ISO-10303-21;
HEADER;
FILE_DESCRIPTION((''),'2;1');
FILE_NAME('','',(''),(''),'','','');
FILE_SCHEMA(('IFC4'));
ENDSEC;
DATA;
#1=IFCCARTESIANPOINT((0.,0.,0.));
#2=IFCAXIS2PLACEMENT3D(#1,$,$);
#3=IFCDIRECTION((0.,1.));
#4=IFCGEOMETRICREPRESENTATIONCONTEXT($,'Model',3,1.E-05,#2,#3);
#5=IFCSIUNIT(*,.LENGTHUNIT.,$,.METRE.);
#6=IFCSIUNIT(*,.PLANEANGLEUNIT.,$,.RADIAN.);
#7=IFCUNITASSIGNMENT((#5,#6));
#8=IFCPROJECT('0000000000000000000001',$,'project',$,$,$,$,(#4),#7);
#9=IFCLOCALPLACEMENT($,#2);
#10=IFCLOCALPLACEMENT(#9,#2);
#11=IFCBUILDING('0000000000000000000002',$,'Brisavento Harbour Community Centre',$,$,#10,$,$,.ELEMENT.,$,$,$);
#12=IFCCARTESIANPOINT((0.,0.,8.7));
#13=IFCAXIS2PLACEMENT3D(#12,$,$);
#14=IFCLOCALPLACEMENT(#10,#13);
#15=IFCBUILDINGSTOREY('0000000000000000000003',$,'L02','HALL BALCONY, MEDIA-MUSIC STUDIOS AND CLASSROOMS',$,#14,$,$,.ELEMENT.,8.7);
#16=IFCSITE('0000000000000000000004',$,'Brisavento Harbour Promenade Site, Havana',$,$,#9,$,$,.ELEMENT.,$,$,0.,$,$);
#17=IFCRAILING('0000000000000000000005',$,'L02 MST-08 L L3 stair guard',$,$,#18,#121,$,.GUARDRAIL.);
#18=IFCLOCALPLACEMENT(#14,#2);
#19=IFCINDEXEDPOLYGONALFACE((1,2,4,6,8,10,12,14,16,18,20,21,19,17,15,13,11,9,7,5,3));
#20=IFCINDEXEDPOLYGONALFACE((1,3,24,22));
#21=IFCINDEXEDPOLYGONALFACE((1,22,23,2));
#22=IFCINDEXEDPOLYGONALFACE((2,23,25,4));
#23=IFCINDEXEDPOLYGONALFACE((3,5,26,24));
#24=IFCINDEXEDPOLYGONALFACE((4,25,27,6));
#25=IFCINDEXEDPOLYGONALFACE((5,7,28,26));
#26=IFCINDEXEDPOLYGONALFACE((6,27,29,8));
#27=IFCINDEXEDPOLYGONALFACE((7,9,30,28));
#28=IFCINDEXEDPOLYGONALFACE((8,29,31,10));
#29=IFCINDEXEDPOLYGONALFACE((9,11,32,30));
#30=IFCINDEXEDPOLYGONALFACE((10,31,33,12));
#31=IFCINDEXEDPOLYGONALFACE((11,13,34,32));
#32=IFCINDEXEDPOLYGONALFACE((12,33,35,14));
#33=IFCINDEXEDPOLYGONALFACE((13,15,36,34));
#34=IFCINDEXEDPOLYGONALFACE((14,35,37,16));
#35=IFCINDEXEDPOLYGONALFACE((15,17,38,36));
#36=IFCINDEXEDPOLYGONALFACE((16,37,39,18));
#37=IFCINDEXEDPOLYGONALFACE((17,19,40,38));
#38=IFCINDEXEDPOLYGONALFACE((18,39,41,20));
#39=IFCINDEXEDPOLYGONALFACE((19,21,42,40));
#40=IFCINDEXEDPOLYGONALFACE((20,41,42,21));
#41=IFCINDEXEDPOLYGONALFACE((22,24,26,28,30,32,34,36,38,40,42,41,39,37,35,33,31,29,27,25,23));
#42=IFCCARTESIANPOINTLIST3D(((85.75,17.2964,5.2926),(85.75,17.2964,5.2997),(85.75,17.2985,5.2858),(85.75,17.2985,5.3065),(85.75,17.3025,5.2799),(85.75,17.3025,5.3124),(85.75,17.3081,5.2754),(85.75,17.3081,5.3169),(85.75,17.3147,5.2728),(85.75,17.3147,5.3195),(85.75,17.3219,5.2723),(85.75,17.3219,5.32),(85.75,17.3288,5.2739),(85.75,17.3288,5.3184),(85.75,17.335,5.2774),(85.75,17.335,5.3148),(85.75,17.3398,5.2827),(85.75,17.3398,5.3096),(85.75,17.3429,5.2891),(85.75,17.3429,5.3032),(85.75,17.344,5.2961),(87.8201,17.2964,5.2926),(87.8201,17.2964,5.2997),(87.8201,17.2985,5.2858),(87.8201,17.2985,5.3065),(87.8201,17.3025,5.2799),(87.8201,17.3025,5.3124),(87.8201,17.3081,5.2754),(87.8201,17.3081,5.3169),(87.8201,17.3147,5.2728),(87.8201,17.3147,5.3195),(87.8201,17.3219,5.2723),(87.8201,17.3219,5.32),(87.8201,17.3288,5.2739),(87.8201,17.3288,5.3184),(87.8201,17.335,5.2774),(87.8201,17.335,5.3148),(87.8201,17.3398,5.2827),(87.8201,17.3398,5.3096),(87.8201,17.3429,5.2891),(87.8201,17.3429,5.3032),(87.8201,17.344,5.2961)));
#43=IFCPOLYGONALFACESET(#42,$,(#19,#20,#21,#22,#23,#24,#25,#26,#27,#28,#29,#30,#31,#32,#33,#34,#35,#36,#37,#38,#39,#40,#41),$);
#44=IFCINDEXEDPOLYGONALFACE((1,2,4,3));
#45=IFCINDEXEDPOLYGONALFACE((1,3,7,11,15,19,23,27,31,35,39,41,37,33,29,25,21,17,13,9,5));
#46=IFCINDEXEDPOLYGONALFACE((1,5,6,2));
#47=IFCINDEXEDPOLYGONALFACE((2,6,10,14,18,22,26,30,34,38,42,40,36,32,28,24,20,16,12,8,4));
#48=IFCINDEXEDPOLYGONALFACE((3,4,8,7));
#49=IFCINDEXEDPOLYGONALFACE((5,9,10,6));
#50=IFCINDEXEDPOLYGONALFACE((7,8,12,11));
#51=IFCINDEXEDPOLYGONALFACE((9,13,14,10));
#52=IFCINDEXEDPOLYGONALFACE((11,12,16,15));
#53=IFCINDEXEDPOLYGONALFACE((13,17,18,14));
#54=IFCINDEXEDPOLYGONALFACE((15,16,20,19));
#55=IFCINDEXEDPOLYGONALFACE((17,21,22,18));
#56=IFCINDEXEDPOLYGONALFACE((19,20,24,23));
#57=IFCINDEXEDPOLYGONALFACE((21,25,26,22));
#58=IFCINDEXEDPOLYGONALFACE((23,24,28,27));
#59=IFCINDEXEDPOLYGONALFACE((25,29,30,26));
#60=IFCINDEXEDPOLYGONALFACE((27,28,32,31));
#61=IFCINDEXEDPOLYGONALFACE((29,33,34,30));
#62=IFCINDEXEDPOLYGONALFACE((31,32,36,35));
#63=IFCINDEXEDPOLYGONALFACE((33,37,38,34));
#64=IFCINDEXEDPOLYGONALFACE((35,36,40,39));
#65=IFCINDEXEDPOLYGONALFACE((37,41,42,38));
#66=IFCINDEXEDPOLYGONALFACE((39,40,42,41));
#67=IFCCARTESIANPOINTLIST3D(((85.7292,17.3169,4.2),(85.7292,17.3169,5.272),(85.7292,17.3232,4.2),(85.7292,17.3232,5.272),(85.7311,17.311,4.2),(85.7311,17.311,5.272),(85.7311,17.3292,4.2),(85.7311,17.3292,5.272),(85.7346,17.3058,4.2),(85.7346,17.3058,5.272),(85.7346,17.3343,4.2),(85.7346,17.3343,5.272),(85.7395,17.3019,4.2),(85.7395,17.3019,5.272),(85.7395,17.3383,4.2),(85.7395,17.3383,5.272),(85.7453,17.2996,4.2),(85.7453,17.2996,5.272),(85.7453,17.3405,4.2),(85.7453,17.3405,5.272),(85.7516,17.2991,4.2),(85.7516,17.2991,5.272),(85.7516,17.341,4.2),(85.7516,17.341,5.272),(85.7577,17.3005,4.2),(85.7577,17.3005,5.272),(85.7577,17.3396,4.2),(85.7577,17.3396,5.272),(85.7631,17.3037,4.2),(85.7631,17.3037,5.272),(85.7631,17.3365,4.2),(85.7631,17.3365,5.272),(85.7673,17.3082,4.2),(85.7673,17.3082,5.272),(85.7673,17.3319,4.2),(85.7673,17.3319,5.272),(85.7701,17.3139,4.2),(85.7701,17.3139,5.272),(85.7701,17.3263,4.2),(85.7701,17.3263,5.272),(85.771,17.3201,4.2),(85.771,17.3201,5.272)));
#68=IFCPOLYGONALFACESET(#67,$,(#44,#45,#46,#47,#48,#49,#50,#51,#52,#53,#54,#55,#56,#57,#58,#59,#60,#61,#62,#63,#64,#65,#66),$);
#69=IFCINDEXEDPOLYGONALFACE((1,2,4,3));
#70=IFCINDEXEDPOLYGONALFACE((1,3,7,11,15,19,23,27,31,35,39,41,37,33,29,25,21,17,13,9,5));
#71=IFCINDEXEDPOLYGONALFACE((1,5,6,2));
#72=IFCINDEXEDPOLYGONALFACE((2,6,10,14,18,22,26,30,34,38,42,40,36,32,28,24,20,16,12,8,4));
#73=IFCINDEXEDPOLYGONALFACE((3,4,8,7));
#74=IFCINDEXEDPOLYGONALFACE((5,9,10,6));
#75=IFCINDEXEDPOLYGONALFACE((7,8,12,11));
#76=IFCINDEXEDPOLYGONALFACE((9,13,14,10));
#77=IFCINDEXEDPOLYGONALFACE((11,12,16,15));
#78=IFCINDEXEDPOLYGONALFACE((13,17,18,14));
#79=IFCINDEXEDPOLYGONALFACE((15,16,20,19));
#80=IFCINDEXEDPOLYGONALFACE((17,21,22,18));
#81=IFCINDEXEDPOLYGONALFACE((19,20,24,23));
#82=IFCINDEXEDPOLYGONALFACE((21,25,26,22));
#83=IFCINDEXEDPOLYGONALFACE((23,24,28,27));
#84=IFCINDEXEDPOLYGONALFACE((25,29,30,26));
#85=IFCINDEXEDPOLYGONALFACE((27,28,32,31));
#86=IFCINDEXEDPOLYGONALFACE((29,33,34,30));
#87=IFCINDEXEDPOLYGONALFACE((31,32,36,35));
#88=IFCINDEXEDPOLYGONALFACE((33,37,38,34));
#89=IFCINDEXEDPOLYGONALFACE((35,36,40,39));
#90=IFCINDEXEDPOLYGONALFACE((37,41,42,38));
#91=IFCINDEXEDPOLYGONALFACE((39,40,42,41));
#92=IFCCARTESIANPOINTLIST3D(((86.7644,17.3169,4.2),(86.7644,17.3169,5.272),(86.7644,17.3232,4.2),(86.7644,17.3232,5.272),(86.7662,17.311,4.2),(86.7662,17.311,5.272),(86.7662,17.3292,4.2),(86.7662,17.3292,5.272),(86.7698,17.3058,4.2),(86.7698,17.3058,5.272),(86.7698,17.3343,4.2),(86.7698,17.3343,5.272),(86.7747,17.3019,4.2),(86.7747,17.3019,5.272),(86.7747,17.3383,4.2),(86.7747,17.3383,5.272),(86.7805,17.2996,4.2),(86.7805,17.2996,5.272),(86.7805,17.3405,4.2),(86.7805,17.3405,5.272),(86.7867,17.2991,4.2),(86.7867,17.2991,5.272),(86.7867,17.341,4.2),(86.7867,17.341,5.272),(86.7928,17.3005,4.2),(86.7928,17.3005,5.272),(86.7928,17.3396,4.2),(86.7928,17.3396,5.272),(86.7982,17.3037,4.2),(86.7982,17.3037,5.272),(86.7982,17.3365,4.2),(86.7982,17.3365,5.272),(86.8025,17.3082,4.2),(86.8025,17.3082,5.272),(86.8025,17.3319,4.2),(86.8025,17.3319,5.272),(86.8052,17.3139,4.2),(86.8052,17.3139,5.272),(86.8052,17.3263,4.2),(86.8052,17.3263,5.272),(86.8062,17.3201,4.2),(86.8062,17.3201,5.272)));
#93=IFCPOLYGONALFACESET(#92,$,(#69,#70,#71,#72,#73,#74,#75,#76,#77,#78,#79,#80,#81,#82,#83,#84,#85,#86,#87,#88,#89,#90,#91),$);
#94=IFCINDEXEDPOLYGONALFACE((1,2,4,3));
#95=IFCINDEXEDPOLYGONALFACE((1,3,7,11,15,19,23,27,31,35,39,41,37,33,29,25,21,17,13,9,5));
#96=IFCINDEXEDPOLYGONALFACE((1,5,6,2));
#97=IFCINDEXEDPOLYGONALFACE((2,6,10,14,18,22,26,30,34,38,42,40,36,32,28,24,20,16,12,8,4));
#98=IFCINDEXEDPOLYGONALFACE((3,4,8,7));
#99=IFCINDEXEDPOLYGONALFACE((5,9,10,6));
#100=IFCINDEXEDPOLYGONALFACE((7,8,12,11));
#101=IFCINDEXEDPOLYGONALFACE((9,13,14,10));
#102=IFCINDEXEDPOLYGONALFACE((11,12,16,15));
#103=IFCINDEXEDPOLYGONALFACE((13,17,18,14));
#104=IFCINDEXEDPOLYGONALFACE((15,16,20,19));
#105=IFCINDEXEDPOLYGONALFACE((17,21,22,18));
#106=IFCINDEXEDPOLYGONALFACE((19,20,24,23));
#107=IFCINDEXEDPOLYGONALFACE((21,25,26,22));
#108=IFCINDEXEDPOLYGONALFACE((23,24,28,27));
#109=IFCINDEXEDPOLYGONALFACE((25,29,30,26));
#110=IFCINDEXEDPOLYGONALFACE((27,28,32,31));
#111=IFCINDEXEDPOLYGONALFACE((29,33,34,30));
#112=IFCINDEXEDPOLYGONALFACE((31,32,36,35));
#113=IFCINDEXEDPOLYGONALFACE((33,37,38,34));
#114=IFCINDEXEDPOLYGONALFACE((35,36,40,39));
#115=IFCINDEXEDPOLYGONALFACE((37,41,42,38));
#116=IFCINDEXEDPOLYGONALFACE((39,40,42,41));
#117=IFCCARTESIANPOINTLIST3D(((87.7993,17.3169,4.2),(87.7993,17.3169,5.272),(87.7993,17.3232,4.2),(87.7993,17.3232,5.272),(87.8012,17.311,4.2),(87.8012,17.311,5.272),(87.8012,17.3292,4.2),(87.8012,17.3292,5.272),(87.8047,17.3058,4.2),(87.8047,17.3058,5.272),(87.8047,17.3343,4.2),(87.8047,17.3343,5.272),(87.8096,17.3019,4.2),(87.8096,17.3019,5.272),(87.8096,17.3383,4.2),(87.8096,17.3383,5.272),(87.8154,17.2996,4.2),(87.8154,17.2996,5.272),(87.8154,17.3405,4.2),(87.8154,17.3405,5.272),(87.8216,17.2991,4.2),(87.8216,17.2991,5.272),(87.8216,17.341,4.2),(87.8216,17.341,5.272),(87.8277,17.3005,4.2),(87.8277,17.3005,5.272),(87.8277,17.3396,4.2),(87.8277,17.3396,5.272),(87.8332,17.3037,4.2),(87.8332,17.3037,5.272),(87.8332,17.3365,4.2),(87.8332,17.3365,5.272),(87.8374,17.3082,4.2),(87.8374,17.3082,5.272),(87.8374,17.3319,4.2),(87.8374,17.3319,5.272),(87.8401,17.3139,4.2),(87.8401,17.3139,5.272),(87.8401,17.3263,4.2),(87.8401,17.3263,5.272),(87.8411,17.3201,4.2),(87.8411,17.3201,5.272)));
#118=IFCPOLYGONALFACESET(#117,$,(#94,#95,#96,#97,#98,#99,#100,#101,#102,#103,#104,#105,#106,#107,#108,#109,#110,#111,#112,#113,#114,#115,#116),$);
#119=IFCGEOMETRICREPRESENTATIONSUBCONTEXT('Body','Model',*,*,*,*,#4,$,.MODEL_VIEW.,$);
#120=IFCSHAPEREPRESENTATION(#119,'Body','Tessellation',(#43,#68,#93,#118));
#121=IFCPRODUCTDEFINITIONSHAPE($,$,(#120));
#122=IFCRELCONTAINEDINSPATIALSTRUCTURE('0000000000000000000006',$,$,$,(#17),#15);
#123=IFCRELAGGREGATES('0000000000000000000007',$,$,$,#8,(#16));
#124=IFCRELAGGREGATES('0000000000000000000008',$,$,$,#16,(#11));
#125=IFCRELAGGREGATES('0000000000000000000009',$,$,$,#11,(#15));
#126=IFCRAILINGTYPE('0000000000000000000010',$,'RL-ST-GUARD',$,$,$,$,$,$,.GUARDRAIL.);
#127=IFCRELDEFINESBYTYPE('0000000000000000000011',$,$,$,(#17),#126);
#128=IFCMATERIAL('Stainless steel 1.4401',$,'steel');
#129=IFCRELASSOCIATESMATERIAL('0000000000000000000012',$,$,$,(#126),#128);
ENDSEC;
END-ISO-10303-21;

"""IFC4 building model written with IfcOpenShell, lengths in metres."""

from ifc_helpers import new_model, si_unit, direction, frame, origin, origin_2d, place, context, subcontext, project, spatial, circle, extrude, material, type_object, element, save


model = new_model("IFC4")

# Units and contexts
model_context = context("Model", 3, precision=1e-05, world=origin(), true_north=direction((0.0, 1.0)))
body_context = subcontext(model_context, "Body", "Model", "MODEL_VIEW")
ifc_project = project(units=[si_unit("LENGTHUNIT", "METRE"), si_unit("PLANEANGLEUNIT", "RADIAN")], contexts=[model_context])

# Site, building, storey
site_placement = place(None, origin())
site = spatial("IfcSite", under=ifc_project, at=site_placement, Name="Brisavento Harbour Promenade Site, Havana", CompositionType="ELEMENT", RefElevation=0.0)
building_placement = place(site_placement, origin())
building = spatial("IfcBuilding", under=site, at=building_placement, Name="Brisavento Harbour Community Centre", CompositionType="ELEMENT")
storey_placement = place(building_placement, frame((0.0, 0.0, 8.7)))
storey = spatial("IfcBuildingStorey", under=building, at=storey_placement, Name="L02", Description="HALL BALCONY, MEDIA-MUSIC STUDIOS AND CLASSROOMS", CompositionType="ELEMENT", Elevation=8.7)

# Railing
ifc_material_1 = material(Name="Stainless steel 1.4401", Category="steel")
railing_type = type_object("IfcRailingType", Name="RL-ST-GUARD", PredefinedType="GUARDRAIL", material=ifc_material_1)
railing_1_placement = place(storey_placement, frame((85.75, 17.3201, 4.2)))
element("IfcRailing", 1, at=railing_1_placement, inside=storey, type_object=railing_type, Name="L02 MST-08 L L3 stair guard", PredefinedType="GUARDRAIL", context=body_context, shape_type="SweptSolid", body=[
    extrude(circle(Radius=0.0239, at=origin_2d()), frame((0.0, 0.0, 1.0962), z_axis=(1.0, 0.0, 0.0), x_axis=(0.0, 1.0, 0.0)), (0.0, 0.0, 1.0), 2.0701),
    extrude(circle(Radius=0.021, at=origin_2d()), origin(), (0.0, 0.0, 1.0), 1.072),
    extrude(circle(Radius=0.021, at=origin_2d()), frame((1.0352, 0.0, 0.0)), (0.0, 0.0, 1.0), 1.072),
    extrude(circle(Radius=0.021, at=origin_2d()), frame((2.0701, 0.0, 0.0)), (0.0, 0.0, 1.0), 1.072),
])

save(model, "model.ifc")
